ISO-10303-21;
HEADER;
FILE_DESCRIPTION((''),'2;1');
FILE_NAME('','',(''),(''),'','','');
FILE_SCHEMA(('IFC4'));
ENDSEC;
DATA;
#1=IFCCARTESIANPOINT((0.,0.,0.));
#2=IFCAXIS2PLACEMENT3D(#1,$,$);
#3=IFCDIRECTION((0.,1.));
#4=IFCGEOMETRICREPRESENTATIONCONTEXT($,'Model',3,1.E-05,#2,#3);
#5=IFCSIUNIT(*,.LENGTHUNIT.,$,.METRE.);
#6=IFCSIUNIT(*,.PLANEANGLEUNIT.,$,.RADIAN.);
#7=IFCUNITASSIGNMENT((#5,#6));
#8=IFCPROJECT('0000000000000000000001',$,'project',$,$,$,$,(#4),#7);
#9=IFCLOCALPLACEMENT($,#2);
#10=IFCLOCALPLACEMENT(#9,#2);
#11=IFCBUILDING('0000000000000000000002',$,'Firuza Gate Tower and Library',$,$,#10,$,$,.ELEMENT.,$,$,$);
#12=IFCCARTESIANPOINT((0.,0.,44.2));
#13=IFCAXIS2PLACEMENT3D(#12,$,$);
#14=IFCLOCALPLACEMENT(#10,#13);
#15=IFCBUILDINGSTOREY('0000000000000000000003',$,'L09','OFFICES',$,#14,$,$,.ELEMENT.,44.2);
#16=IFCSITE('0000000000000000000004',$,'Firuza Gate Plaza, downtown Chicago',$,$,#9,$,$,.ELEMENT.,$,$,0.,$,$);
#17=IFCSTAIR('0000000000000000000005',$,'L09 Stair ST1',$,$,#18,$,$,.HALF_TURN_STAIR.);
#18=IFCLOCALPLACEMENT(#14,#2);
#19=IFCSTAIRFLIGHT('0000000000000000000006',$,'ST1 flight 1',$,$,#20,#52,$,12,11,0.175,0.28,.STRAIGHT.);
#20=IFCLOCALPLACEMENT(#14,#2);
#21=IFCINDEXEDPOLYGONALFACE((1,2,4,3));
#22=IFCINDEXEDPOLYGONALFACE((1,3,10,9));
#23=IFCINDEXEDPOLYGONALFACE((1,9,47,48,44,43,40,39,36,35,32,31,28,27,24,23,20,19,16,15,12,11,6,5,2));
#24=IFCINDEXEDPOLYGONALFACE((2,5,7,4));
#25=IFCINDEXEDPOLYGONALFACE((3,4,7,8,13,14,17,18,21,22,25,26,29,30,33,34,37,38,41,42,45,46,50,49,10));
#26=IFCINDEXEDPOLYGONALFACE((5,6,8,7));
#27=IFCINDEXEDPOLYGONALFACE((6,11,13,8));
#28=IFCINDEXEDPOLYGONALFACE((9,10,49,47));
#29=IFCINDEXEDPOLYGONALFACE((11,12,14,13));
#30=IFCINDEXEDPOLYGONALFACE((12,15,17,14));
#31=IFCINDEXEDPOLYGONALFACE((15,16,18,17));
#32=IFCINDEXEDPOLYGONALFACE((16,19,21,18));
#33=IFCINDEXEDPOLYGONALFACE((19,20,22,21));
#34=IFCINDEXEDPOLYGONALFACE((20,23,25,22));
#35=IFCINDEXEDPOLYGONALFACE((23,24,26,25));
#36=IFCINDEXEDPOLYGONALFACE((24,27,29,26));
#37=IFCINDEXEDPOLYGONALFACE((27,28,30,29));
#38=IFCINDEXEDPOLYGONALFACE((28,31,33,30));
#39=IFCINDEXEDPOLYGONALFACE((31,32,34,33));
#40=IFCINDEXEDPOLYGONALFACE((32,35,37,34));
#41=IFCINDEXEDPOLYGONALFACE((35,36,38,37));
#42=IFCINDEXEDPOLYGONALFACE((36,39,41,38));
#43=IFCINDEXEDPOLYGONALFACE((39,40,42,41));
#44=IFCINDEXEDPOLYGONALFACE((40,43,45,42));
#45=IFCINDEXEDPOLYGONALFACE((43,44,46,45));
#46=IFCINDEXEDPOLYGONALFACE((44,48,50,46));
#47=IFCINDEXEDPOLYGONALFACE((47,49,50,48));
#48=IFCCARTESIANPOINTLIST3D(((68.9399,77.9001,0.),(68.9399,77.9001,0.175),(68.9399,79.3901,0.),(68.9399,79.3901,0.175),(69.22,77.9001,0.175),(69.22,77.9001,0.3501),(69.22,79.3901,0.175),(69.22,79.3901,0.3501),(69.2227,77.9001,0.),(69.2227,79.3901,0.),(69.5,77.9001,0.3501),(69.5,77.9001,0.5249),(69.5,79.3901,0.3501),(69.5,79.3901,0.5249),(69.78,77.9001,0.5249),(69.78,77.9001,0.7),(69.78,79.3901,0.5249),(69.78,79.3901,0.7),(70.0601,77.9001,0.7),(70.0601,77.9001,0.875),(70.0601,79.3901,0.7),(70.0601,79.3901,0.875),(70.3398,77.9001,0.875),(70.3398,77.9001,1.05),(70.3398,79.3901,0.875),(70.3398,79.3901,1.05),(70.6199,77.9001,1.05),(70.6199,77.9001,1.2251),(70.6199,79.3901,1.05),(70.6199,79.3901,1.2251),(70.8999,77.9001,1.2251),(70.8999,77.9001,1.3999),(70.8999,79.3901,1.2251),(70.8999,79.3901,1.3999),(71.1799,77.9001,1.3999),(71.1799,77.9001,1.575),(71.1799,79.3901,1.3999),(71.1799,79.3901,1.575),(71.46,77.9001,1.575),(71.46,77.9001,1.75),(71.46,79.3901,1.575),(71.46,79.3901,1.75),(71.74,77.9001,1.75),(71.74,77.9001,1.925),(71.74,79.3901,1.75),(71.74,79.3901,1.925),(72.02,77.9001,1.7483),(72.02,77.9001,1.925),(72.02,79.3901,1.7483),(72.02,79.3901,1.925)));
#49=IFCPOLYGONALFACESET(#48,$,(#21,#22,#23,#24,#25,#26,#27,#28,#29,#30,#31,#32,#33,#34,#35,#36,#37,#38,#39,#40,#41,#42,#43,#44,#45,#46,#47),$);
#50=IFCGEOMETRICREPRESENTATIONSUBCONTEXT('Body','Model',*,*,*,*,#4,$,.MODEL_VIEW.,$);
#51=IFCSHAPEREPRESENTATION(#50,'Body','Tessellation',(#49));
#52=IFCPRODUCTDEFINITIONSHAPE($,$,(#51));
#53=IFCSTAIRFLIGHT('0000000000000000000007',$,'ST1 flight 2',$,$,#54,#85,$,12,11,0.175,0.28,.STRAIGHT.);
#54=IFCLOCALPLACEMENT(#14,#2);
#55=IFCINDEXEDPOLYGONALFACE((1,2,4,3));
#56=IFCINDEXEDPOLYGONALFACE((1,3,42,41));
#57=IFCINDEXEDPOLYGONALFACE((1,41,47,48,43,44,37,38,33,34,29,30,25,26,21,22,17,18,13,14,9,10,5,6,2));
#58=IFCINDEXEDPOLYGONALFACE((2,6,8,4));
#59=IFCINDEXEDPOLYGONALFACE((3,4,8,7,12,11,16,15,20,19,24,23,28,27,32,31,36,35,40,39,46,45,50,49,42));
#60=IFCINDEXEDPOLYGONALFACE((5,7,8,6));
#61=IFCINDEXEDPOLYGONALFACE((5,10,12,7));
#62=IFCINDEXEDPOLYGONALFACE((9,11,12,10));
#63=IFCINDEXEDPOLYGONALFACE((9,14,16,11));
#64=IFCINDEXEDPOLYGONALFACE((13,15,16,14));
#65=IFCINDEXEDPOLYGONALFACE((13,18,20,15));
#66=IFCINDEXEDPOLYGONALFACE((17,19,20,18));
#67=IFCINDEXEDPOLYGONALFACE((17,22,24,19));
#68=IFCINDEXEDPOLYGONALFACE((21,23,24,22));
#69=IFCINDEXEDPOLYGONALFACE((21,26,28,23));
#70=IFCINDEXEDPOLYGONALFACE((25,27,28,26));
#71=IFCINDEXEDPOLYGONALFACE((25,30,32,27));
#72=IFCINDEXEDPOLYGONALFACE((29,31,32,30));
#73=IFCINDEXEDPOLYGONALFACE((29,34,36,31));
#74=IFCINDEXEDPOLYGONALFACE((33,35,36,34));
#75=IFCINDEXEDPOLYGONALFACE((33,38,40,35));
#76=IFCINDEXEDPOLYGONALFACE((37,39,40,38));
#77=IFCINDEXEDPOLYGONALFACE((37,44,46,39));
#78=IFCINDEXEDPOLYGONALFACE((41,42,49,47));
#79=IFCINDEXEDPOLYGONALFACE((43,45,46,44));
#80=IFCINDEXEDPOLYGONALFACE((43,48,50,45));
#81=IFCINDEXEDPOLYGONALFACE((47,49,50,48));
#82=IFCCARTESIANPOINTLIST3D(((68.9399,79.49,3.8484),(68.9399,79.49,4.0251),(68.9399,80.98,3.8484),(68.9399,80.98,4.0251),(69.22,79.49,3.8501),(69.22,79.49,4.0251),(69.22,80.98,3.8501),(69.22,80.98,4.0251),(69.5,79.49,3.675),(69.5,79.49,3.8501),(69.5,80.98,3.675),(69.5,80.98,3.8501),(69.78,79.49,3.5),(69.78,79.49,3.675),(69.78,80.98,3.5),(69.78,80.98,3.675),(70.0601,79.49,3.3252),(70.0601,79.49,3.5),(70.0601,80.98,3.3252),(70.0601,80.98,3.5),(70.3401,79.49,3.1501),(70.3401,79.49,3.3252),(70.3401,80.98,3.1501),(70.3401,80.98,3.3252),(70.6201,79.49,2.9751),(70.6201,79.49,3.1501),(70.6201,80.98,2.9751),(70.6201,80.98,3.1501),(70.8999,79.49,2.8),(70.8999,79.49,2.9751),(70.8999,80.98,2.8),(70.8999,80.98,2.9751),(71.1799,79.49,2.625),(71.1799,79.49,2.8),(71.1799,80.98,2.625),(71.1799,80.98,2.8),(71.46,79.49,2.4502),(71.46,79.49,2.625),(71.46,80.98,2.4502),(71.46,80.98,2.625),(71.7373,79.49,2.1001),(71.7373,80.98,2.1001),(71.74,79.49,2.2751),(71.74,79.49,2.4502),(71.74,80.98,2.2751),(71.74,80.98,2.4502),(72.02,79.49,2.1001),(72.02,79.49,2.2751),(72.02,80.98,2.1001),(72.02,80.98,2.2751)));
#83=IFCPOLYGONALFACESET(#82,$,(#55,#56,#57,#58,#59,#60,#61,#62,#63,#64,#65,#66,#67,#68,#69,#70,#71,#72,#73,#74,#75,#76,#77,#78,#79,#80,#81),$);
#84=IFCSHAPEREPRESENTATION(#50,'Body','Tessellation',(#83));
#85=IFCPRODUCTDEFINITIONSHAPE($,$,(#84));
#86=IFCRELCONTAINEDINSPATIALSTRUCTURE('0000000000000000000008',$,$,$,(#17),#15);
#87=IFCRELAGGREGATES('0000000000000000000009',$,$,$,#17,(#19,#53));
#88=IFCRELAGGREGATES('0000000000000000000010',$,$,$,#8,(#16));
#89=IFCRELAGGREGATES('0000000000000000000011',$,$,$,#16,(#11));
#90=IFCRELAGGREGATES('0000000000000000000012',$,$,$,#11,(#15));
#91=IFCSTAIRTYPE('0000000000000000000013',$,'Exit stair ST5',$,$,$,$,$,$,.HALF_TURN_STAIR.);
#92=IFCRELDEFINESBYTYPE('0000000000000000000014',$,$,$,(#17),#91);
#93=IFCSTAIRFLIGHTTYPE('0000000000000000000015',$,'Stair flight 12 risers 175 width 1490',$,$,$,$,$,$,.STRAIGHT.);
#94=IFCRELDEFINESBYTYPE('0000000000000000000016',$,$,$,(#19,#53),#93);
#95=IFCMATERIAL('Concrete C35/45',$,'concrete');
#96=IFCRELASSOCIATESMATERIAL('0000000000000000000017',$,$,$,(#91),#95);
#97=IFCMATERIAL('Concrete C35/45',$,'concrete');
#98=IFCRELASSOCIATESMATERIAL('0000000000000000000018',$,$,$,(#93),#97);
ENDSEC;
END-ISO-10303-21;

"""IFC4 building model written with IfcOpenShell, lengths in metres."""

from ifc_helpers import new_model, si_unit, direction, frame, origin, place, context, subcontext, project, spatial, polyline, outline, extrude, material, type_object, element, aggregate, save


model = new_model("IFC4")

# Units and contexts
model_context = context("Model", 3, precision=1e-05, world=origin(), true_north=direction((0.0, 1.0)))
body_context = subcontext(model_context, "Body", "Model", "MODEL_VIEW")
ifc_project = project(units=[si_unit("LENGTHUNIT", "METRE"), si_unit("PLANEANGLEUNIT", "RADIAN")], contexts=[model_context])

# Site, building, storey
site_placement = place(None, origin())
site = spatial("IfcSite", under=ifc_project, at=site_placement, Name="Firuza Gate Plaza, downtown Chicago", CompositionType="ELEMENT", RefElevation=0.0)
building_placement = place(site_placement, origin())
building = spatial("IfcBuilding", under=site, at=building_placement, Name="Firuza Gate Tower and Library", CompositionType="ELEMENT")
storey_placement = place(building_placement, frame((0.0, 0.0, 44.2)))
storey = spatial("IfcBuildingStorey", under=building, at=storey_placement, Name="L09", Description="OFFICES", CompositionType="ELEMENT", Elevation=44.2)

# Stair, stair flights
ifc_material_1 = material(Name="Concrete C35/45", Category="concrete")
stair_type = type_object("IfcStairType", Name="Exit stair ST5", PredefinedType="HALF_TURN_STAIR", material=ifc_material_1)
stair_placement = place(storey_placement, origin())
stair = element("IfcStair", 1, at=stair_placement, inside=storey, type_object=stair_type, Name="L09 Stair ST1", PredefinedType="HALF_TURN_STAIR")
ifc_material_2 = material(Name="Concrete C35/45", Category="concrete")
stair_flight_type = type_object("IfcStairFlightType", Name="Stair flight 12 risers 175 width 1490", PredefinedType="STRAIGHT", material=ifc_material_2)
stair_flight_1_placement = place(storey_placement, frame((68.9399, 78.645, 0.0), z_axis=(0.0, 0.0, 1.0), x_axis=(1.0, 0.0, 0.0)))
stair_flight_1 = element("IfcStairFlight", 2, at=stair_flight_1_placement, type_object=stair_flight_type, Name="ST1 flight 1", NumberOfRisers=12, NumberOfTreads=11, PredefinedType="STRAIGHT", RiserHeight=0.175, TreadLength=0.28, context=body_context, shape_type="SweptSolid", body=[
    extrude(outline(polyline([(0.0, 0.0), (0.0, 0.175), (0.28, 0.175), (0.28, 0.3501), (0.5601, 0.3501), (0.5601, 0.5249), (0.8401, 0.5249), (0.8401, 0.7), (1.1201, 0.7), (1.1201, 0.875), (1.3999, 0.875), (1.3999, 1.05), (1.6799, 1.05), (1.6799, 1.2251), (1.96, 1.2251), (1.96, 1.3999), (2.24, 1.3999), (2.24, 1.575), (2.52, 1.575), (2.52, 1.75), (2.8, 1.75), (2.8, 1.925), (3.0801, 1.925), (3.0801, 2.1001), (3.0801, 1.7483), (0.2827, 0.0), (0.0, 0.0)])), frame((0.0, 0.7451, 0.0), z_axis=(0.0, -1.0, 0.0), x_axis=(1.0, 0.0, 0.0)), (0.0, 0.0, 1.0), 1.49),
])
stair_flight_2_placement = place(storey_placement, frame((72.02, 80.2351, 2.1001), z_axis=(0.0, 0.0, 1.0), x_axis=(-1.0, 0.0, 0.0)))
stair_flight_2 = element("IfcStairFlight", 3, at=stair_flight_2_placement, type_object=stair_flight_type, Name="ST1 flight 2", NumberOfRisers=12, NumberOfTreads=11, PredefinedType="STRAIGHT", RiserHeight=0.175, TreadLength=0.28, context=body_context, shape_type="SweptSolid", body=[
    extrude(outline(polyline([(0.0, 0.0), (0.0, 0.175), (0.28, 0.175), (0.28, 0.3501), (0.5601, 0.3501), (0.5601, 0.5249), (0.8401, 0.5249), (0.8401, 0.7), (1.1201, 0.7), (1.1201, 0.875), (1.3999, 0.875), (1.3999, 1.05), (1.6799, 1.05), (1.6799, 1.2251), (1.96, 1.2251), (1.96, 1.3999), (2.24, 1.3999), (2.24, 1.575), (2.52, 1.575), (2.52, 1.75), (2.8, 1.75), (2.8, 1.925), (3.0801, 1.925), (3.0801, 2.1001), (3.0801, 1.7483), (0.2827, 0.0), (0.0, 0.0)])), frame((0.0, 0.7451, 0.0), z_axis=(0.0, -1.0, 0.0), x_axis=(1.0, 0.0, 0.0)), (0.0, 0.0, 1.0), 1.49),
])
aggregate(stair, [stair_flight_1, stair_flight_2])

save(model, "model.ifc")
